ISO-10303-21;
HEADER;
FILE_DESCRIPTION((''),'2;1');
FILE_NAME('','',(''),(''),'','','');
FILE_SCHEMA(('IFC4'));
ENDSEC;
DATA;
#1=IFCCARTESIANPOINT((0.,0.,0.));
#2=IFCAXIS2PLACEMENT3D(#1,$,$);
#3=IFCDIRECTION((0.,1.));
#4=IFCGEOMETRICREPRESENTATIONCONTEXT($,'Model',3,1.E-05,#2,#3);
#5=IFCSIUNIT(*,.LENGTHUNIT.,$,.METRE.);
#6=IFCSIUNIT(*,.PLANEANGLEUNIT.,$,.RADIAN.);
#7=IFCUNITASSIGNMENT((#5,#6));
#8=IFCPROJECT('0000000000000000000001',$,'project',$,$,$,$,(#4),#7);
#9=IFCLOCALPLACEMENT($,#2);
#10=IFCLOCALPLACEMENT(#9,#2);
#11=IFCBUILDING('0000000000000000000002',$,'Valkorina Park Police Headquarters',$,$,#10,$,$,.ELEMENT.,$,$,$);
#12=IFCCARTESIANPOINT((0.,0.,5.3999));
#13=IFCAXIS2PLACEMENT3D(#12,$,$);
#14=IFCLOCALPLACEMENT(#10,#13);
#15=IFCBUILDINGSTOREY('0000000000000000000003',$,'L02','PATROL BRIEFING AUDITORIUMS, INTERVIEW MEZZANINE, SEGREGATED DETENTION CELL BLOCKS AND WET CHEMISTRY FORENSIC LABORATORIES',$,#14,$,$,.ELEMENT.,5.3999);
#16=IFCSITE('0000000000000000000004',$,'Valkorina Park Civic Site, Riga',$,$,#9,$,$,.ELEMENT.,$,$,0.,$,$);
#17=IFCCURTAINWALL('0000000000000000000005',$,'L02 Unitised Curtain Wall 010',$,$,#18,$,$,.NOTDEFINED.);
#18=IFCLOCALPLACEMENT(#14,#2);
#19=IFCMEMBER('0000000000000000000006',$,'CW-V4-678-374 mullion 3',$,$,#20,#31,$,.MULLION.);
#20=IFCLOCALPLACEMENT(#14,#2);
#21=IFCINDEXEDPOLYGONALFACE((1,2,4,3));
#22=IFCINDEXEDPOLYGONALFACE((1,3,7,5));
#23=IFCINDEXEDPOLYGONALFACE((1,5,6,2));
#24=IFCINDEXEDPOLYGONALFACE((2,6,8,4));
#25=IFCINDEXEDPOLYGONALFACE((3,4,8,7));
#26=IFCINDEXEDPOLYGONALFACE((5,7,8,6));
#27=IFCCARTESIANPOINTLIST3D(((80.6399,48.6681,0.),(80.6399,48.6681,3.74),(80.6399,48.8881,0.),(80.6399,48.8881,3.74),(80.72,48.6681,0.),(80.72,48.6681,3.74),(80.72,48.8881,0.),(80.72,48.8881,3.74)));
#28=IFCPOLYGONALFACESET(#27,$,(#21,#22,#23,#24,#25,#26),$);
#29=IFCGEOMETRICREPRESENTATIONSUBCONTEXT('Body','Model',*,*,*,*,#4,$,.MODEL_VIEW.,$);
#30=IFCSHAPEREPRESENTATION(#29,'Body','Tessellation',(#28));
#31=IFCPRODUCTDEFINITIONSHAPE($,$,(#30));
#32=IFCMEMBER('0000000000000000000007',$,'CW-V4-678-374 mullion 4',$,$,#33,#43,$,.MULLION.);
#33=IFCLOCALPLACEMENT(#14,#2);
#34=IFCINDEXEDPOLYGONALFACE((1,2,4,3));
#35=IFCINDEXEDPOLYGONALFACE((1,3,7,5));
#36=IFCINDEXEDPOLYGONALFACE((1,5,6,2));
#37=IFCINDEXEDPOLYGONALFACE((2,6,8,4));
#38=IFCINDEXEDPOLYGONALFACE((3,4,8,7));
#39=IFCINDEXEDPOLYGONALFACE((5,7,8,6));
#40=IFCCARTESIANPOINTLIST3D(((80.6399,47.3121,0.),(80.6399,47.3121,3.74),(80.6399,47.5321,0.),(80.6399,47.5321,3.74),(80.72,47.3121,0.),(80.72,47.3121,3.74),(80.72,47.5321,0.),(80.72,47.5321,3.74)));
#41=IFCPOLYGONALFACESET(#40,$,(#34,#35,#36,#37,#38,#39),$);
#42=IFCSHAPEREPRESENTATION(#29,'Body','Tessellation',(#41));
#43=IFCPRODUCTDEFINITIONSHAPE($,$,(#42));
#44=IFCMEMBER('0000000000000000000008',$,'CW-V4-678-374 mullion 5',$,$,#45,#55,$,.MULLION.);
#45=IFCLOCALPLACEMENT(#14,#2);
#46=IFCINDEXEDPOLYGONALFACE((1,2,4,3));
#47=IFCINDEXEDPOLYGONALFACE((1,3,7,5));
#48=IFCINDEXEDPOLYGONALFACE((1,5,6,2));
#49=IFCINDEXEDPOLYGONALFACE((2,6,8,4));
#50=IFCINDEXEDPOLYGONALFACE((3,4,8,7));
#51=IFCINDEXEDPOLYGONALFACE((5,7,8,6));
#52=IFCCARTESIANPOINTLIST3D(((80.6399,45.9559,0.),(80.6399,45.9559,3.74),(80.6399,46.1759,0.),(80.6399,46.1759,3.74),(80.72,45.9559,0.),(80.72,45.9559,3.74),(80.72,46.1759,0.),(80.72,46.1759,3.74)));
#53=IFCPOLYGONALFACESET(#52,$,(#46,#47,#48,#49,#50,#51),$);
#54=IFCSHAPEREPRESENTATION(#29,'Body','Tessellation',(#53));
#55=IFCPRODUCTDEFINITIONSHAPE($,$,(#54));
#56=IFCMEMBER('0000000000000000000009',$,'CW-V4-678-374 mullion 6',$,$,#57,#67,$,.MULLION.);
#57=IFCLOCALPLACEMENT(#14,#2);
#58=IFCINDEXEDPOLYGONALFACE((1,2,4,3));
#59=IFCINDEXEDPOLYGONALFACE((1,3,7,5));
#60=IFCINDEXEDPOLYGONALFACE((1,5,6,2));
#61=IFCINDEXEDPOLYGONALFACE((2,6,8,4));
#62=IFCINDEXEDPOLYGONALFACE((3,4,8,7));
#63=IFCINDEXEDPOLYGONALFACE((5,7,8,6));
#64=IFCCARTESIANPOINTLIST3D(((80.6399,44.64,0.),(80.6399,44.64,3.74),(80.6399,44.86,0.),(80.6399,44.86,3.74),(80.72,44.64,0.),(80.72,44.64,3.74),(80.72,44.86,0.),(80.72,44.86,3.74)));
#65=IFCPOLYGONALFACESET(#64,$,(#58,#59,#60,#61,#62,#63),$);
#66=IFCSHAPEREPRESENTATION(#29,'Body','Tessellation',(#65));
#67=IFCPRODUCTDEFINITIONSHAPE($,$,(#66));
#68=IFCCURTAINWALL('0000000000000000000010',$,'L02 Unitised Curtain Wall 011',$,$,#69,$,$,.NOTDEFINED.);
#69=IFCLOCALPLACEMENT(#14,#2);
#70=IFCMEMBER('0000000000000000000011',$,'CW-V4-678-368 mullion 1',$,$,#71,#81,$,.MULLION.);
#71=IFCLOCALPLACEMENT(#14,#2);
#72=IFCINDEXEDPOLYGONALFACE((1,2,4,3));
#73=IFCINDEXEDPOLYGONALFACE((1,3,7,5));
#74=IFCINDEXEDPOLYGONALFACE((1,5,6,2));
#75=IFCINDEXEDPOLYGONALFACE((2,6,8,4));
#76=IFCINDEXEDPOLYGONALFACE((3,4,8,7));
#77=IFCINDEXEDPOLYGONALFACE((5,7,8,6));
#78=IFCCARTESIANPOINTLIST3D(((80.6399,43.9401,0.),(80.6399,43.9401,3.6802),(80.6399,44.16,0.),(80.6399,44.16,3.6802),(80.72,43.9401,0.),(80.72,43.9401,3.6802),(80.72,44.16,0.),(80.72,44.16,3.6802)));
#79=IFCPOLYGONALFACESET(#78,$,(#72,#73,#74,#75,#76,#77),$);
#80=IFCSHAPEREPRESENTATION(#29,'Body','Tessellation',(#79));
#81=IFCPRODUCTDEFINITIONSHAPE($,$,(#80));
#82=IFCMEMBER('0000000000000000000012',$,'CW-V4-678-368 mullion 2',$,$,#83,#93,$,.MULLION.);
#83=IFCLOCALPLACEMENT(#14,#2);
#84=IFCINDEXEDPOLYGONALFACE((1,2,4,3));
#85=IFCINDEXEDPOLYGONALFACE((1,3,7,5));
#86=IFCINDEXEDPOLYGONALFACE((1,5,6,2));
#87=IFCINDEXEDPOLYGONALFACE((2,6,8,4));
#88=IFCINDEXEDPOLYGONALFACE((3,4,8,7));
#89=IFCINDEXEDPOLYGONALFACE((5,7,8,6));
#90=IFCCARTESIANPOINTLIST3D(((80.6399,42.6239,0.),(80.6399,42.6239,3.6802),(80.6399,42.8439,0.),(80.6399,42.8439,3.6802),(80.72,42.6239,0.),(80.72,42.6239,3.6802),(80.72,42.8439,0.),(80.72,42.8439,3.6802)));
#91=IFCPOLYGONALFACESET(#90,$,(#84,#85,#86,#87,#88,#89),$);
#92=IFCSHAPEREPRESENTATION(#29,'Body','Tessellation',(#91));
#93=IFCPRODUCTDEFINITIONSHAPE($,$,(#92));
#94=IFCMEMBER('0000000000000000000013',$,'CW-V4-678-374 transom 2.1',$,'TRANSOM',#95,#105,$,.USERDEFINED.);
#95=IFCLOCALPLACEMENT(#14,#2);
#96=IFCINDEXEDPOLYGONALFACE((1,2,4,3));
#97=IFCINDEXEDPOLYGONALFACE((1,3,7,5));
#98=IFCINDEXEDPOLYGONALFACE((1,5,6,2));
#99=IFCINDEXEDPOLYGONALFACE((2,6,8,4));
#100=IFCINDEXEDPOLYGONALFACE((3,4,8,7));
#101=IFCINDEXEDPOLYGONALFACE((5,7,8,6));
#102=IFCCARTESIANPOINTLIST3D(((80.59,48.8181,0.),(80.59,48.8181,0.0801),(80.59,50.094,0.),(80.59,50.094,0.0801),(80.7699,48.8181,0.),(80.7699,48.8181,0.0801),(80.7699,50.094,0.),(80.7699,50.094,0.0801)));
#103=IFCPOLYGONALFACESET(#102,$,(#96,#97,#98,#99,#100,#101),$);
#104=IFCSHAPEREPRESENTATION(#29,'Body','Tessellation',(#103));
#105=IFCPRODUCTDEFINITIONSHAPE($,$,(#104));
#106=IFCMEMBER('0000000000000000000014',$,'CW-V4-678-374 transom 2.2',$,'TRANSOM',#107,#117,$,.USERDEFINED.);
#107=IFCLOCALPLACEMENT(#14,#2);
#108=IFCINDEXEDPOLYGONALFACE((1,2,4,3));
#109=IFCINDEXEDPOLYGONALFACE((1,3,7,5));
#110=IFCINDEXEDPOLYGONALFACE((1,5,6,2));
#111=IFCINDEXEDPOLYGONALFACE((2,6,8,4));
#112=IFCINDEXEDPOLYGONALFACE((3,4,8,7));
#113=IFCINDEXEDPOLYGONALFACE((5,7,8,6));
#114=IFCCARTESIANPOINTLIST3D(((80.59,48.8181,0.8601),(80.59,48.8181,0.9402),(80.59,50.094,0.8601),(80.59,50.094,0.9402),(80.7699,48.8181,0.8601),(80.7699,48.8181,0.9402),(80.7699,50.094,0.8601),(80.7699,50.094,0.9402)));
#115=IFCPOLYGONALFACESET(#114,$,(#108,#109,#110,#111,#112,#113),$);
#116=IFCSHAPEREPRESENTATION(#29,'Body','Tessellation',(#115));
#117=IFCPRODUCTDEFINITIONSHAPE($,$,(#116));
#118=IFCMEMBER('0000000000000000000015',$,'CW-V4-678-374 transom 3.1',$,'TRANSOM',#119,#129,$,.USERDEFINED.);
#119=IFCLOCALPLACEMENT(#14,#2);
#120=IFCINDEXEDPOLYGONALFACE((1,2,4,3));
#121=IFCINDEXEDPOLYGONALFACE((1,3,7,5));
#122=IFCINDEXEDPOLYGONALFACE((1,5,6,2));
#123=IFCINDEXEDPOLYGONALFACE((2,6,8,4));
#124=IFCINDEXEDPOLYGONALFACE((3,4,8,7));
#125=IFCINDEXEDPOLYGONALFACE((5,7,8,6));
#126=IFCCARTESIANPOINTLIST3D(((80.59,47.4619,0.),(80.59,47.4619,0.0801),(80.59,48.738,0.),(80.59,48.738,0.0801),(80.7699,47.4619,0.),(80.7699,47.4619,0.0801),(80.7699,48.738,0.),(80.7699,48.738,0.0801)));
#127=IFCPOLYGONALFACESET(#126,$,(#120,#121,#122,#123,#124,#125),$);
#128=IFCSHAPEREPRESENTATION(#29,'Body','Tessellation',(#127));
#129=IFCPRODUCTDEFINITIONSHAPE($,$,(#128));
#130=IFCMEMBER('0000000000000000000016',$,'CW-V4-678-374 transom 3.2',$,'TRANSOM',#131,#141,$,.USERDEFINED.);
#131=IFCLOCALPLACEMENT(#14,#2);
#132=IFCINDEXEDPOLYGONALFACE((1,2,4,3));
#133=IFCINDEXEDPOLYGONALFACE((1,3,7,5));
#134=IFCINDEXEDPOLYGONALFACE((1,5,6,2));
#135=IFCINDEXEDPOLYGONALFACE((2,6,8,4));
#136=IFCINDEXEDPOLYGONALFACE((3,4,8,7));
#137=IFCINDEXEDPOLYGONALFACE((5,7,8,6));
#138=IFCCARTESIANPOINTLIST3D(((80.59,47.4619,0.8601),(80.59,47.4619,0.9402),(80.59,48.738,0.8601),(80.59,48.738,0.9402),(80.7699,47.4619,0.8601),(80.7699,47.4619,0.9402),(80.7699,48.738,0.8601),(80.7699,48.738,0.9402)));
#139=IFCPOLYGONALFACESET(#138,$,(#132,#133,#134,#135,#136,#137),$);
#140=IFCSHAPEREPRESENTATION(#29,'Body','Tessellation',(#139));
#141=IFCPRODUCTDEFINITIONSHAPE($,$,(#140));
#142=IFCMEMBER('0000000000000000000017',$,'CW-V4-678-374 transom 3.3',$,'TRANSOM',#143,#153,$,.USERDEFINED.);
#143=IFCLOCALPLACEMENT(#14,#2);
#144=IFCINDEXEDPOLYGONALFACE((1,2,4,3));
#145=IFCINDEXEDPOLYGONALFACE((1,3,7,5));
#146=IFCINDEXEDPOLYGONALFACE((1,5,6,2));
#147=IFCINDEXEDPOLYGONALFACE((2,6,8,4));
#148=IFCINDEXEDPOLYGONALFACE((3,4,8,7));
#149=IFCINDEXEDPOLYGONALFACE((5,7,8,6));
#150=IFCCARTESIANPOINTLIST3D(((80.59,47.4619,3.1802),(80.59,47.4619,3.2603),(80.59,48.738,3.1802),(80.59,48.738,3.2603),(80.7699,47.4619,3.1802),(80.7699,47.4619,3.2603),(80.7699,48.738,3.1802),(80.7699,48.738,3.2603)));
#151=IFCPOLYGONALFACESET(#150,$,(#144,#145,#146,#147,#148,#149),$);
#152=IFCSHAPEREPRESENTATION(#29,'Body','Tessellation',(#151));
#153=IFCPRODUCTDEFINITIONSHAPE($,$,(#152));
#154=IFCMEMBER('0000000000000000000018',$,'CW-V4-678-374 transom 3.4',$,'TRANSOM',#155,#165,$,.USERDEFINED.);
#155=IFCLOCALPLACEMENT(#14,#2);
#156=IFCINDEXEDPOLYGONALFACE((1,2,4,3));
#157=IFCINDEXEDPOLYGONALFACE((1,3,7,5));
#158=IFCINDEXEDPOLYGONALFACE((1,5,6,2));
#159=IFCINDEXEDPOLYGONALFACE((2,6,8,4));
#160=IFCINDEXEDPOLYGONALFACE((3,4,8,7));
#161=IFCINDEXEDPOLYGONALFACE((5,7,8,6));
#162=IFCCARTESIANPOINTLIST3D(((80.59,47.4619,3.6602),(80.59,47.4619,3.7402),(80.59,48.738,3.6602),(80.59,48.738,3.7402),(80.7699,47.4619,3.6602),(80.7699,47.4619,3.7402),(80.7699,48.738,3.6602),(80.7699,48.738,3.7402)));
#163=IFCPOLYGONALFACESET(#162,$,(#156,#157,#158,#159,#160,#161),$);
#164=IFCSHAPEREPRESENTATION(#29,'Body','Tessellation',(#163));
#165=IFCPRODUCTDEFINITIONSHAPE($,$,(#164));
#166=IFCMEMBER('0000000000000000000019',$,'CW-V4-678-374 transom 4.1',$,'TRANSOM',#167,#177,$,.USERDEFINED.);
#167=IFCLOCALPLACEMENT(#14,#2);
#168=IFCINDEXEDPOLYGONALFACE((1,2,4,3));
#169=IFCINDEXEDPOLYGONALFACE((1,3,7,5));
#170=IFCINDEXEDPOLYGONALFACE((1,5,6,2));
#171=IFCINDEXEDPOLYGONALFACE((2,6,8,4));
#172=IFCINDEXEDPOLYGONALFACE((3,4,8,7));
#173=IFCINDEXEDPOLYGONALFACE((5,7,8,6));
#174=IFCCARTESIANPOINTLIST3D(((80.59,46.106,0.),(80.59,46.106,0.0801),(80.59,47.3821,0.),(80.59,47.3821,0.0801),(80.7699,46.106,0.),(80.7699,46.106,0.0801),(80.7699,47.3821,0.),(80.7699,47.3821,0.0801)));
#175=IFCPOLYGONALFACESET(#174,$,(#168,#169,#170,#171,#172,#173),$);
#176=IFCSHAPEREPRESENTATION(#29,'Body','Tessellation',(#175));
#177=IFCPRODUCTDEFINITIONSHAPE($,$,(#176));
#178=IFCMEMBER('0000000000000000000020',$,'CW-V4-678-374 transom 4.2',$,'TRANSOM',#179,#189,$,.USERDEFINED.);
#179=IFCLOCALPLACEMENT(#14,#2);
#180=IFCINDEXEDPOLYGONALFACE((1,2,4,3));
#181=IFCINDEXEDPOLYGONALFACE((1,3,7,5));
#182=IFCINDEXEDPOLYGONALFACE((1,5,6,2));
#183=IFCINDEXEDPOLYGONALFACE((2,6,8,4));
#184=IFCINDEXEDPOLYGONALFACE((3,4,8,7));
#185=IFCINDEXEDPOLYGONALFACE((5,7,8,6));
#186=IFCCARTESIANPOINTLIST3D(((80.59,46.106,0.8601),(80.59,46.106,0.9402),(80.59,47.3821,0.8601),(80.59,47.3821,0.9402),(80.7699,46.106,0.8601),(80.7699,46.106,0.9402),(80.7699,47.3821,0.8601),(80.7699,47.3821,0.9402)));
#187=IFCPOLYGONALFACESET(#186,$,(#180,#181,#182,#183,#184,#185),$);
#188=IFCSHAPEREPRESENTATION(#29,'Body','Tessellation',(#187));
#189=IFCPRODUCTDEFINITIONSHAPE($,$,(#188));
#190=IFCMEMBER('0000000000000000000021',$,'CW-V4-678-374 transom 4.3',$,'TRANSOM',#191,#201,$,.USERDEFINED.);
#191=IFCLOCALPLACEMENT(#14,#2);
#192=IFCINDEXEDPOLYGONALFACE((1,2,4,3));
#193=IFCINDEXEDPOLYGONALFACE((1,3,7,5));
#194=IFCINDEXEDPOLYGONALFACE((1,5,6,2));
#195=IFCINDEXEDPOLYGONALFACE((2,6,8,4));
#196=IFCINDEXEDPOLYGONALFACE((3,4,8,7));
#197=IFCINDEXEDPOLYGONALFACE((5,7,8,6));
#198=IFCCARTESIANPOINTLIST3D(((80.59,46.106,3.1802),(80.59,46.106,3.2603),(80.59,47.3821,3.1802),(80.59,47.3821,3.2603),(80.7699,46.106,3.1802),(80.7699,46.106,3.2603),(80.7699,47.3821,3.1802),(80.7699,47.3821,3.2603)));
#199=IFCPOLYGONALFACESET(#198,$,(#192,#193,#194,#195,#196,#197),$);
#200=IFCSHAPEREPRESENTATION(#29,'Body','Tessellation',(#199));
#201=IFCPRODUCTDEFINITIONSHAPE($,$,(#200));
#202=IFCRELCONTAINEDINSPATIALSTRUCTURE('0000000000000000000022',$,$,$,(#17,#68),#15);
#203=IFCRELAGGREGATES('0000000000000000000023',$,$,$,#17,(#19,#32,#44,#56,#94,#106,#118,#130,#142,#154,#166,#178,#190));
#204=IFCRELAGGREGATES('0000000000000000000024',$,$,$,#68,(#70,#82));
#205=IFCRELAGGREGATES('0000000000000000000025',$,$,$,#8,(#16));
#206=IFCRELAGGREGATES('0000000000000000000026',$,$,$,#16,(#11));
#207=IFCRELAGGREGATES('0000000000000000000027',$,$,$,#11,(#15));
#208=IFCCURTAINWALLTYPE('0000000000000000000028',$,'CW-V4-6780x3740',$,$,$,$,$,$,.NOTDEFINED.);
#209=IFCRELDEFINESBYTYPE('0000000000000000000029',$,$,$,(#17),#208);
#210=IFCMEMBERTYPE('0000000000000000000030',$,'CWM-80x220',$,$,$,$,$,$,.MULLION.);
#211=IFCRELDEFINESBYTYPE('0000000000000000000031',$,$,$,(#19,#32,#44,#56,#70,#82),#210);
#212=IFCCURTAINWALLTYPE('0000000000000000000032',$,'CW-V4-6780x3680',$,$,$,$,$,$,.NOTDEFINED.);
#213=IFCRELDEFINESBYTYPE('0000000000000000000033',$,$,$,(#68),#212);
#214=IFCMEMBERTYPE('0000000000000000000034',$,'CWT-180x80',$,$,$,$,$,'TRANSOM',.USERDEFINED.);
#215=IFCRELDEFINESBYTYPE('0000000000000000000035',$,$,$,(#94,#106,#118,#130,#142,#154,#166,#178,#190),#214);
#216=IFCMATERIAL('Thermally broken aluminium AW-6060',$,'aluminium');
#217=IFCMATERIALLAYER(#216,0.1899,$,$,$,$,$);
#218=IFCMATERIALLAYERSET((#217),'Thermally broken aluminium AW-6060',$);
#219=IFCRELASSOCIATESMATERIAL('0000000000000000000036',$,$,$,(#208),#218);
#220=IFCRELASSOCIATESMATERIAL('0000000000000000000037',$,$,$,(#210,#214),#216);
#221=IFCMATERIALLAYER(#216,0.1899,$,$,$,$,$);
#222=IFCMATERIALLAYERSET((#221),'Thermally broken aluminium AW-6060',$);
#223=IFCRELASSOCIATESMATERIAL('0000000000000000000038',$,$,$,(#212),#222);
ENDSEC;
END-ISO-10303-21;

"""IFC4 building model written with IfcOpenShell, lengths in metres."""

from ifc_helpers import new_model, si_unit, direction, frame, origin, origin_2d, place, context, subcontext, project, spatial, rectangle, extrude, material, layer, layer_set, material_profile, profile_set, type_object, element, aggregate, save


model = new_model("IFC4")

# Units and contexts
model_context = context("Model", 3, precision=1e-05, world=origin(), true_north=direction((0.0, 1.0)))
body_context = subcontext(model_context, "Body", "Model", "MODEL_VIEW")
ifc_project = project(units=[si_unit("LENGTHUNIT", "METRE"), si_unit("PLANEANGLEUNIT", "RADIAN")], contexts=[model_context])

# Site, building, storey
site_placement = place(None, origin())
site = spatial("IfcSite", under=ifc_project, at=site_placement, Name="Valkorina Park Civic Site, Riga", CompositionType="ELEMENT", RefElevation=0.0)
building_placement = place(site_placement, origin())
building = spatial("IfcBuilding", under=site, at=building_placement, Name="Valkorina Park Police Headquarters", CompositionType="ELEMENT")
storey_placement = place(building_placement, frame((0.0, 0.0, 5.3999)))
storey = spatial("IfcBuildingStorey", under=building, at=storey_placement, Name="L02", Description="PATROL BRIEFING AUDITORIUMS, INTERVIEW MEZZANINE, SEGREGATED DETENTION CELL BLOCKS AND WET CHEMISTRY FORENSIC LABORATORIES", CompositionType="ELEMENT", Elevation=5.3999)

# Curtain walls, members
ifc_material_1 = material(Name="Thermally broken aluminium AW-6060", Category="aluminium")
ifc_layer_1 = layer(ifc_material_1, 0.1899)
ifc_layer_set_1 = layer_set([ifc_layer_1], Name="Thermally broken aluminium AW-6060")
curtain_wall_type_1 = type_object("IfcCurtainWallType", Name="CW-V4-6780x3740", PredefinedType="NOTDEFINED", material=ifc_layer_set_1)
curtain_wall_1_placement = place(storey_placement, origin())
curtain_wall_1 = element("IfcCurtainWall", 1, at=curtain_wall_1_placement, inside=storey, type_object=curtain_wall_type_1, Name="L02 Unitised Curtain Wall 010", PredefinedType="NOTDEFINED")
ifc_material_profile_1 = material_profile(ifc_material_1, rectangle(XDim=0.0801, YDim=0.22, at=origin_2d()), Name="CWM-03 80x220")
ifc_profile_set_1 = profile_set([ifc_material_profile_1], Name="Thermally broken aluminium AW-6060")
member_type_1 = type_object("IfcMemberType", Name="CWM-80x220", PredefinedType="MULLION", material=ifc_profile_set_1)
member_1_placement = place(storey_placement, frame((80.6799, 48.7781, 0.0), z_axis=(0.0, 0.0, 1.0), x_axis=(1.0, 0.0, 0.0)))
member_1 = element("IfcMember", 2, at=member_1_placement, type_object=member_type_1, Name="CW-V4-678-374 mullion 3", PredefinedType="MULLION", context=body_context, shape_type="SweptSolid", body=[
    extrude(rectangle(XDim=0.0801, YDim=0.22, at=origin_2d()), origin(), (0.0, 0.0, 1.0), 3.74),
])
member_2_placement = place(storey_placement, frame((80.6799, 47.4221, 0.0), z_axis=(0.0, 0.0, 1.0), x_axis=(1.0, 0.0, 0.0)))
member_2 = element("IfcMember", 3, at=member_2_placement, type_object=member_type_1, Name="CW-V4-678-374 mullion 4", PredefinedType="MULLION", context=body_context, shape_type="SweptSolid", body=[
    extrude(rectangle(XDim=0.0801, YDim=0.22, at=origin_2d()), origin(), (0.0, 0.0, 1.0), 3.74),
])
member_3_placement = place(storey_placement, frame((80.6799, 46.0659, 0.0), z_axis=(0.0, 0.0, 1.0), x_axis=(1.0, 0.0, 0.0)))
member_3 = element("IfcMember", 4, at=member_3_placement, type_object=member_type_1, Name="CW-V4-678-374 mullion 5", PredefinedType="MULLION", context=body_context, shape_type="SweptSolid", body=[
    extrude(rectangle(XDim=0.0801, YDim=0.22, at=origin_2d()), origin(), (0.0, 0.0, 1.0), 3.74),
])
member_4_placement = place(storey_placement, frame((80.6799, 44.75, 0.0), z_axis=(0.0, 0.0, 1.0), x_axis=(1.0, 0.0, 0.0)))
member_4 = element("IfcMember", 5, at=member_4_placement, type_object=member_type_1, Name="CW-V4-678-374 mullion 6", PredefinedType="MULLION", context=body_context, shape_type="SweptSolid", body=[
    extrude(rectangle(XDim=0.0801, YDim=0.22, at=origin_2d()), origin(), (0.0, 0.0, 1.0), 3.74),
])
ifc_layer_2 = layer(ifc_material_1, 0.1899)
ifc_layer_set_2 = layer_set([ifc_layer_2], Name="Thermally broken aluminium AW-6060")
curtain_wall_type_2 = type_object("IfcCurtainWallType", Name="CW-V4-6780x3680", PredefinedType="NOTDEFINED", material=ifc_layer_set_2)
curtain_wall_2_placement = place(storey_placement, origin())
curtain_wall_2 = element("IfcCurtainWall", 6, at=curtain_wall_2_placement, inside=storey, type_object=curtain_wall_type_2, Name="L02 Unitised Curtain Wall 011", PredefinedType="NOTDEFINED")
member_5_placement = place(storey_placement, frame((80.6799, 44.05, 0.0), z_axis=(0.0, 0.0, 1.0), x_axis=(1.0, 0.0, 0.0)))
member_5 = element("IfcMember", 7, at=member_5_placement, type_object=member_type_1, Name="CW-V4-678-368 mullion 1", PredefinedType="MULLION", context=body_context, shape_type="SweptSolid", body=[
    extrude(rectangle(XDim=0.0801, YDim=0.22, at=origin_2d()), origin(), (0.0, 0.0, 1.0), 3.6802),
])
member_6_placement = place(storey_placement, frame((80.6799, 42.7339, 0.0), z_axis=(0.0, 0.0, 1.0), x_axis=(1.0, 0.0, 0.0)))
member_6 = element("IfcMember", 8, at=member_6_placement, type_object=member_type_1, Name="CW-V4-678-368 mullion 2", PredefinedType="MULLION", context=body_context, shape_type="SweptSolid", body=[
    extrude(rectangle(XDim=0.0801, YDim=0.22, at=origin_2d()), origin(), (0.0, 0.0, 1.0), 3.6802),
])

# Members
ifc_material_profile_2 = material_profile(ifc_material_1, rectangle(XDim=0.1799, YDim=0.0801, at=origin_2d()), Name="CWT-03 180x80")
ifc_profile_set_2 = profile_set([ifc_material_profile_2], Name="Thermally broken aluminium AW-6060")
member_type_2 = type_object("IfcMemberType", Name="CWT-180x80", ElementType="TRANSOM", PredefinedType="USERDEFINED", material=ifc_profile_set_2)
member_7_placement = place(storey_placement, frame((80.6799, 50.094, 0.04), z_axis=(0.0, -1.0, 0.0), x_axis=(1.0, 0.0, 0.0)))
member_7 = element("IfcMember", 9, at=member_7_placement, type_object=member_type_2, Name="CW-V4-678-374 transom 2.1", ObjectType="TRANSOM", PredefinedType="USERDEFINED", context=body_context, shape_type="SweptSolid", body=[
    extrude(rectangle(XDim=0.1799, YDim=0.0801, at=origin_2d()), origin(), (0.0, 0.0, 1.0), 1.2759),
])
member_8_placement = place(storey_placement, frame((80.6799, 50.094, 0.9001), z_axis=(0.0, -1.0, 0.0), x_axis=(1.0, 0.0, 0.0)))
member_8 = element("IfcMember", 10, at=member_8_placement, type_object=member_type_2, Name="CW-V4-678-374 transom 2.2", ObjectType="TRANSOM", PredefinedType="USERDEFINED", context=body_context, shape_type="SweptSolid", body=[
    extrude(rectangle(XDim=0.1799, YDim=0.0801, at=origin_2d()), origin(), (0.0, 0.0, 1.0), 1.2759),
])
member_9_placement = place(storey_placement, frame((80.6799, 48.738, 0.04), z_axis=(0.0, -1.0, 0.0), x_axis=(1.0, 0.0, 0.0)))
member_9 = element("IfcMember", 11, at=member_9_placement, type_object=member_type_2, Name="CW-V4-678-374 transom 3.1", ObjectType="TRANSOM", PredefinedType="USERDEFINED", context=body_context, shape_type="SweptSolid", body=[
    extrude(rectangle(XDim=0.1799, YDim=0.0801, at=origin_2d()), origin(), (0.0, 0.0, 1.0), 1.2761),
])
member_10_placement = place(storey_placement, frame((80.6799, 48.738, 0.9001), z_axis=(0.0, -1.0, 0.0), x_axis=(1.0, 0.0, 0.0)))
member_10 = element("IfcMember", 12, at=member_10_placement, type_object=member_type_2, Name="CW-V4-678-374 transom 3.2", ObjectType="TRANSOM", PredefinedType="USERDEFINED", context=body_context, shape_type="SweptSolid", body=[
    extrude(rectangle(XDim=0.1799, YDim=0.0801, at=origin_2d()), origin(), (0.0, 0.0, 1.0), 1.2761),
])
member_11_placement = place(storey_placement, frame((80.6799, 48.738, 3.2202), z_axis=(0.0, -1.0, 0.0), x_axis=(1.0, 0.0, 0.0)))
member_11 = element("IfcMember", 13, at=member_11_placement, type_object=member_type_2, Name="CW-V4-678-374 transom 3.3", ObjectType="TRANSOM", PredefinedType="USERDEFINED", context=body_context, shape_type="SweptSolid", body=[
    extrude(rectangle(XDim=0.1799, YDim=0.0801, at=origin_2d()), origin(), (0.0, 0.0, 1.0), 1.2761),
])
member_12_placement = place(storey_placement, frame((80.6799, 48.738, 3.7002), z_axis=(0.0, -1.0, 0.0), x_axis=(1.0, 0.0, 0.0)))
member_12 = element("IfcMember", 14, at=member_12_placement, type_object=member_type_2, Name="CW-V4-678-374 transom 3.4", ObjectType="TRANSOM", PredefinedType="USERDEFINED", context=body_context, shape_type="SweptSolid", body=[
    extrude(rectangle(XDim=0.1799, YDim=0.0801, at=origin_2d()), origin(), (0.0, 0.0, 1.0), 1.2761),
])
member_13_placement = place(storey_placement, frame((80.6799, 47.3821, 0.04), z_axis=(0.0, -1.0, 0.0), x_axis=(1.0, 0.0, 0.0)))
member_13 = element("IfcMember", 15, at=member_13_placement, type_object=member_type_2, Name="CW-V4-678-374 transom 4.1", ObjectType="TRANSOM", PredefinedType="USERDEFINED", context=body_context, shape_type="SweptSolid", body=[
    extrude(rectangle(XDim=0.1799, YDim=0.0801, at=origin_2d()), origin(), (0.0, 0.0, 1.0), 1.2761),
])
member_14_placement = place(storey_placement, frame((80.6799, 47.3821, 0.9001), z_axis=(0.0, -1.0, 0.0), x_axis=(1.0, 0.0, 0.0)))
member_14 = element("IfcMember", 16, at=member_14_placement, type_object=member_type_2, Name="CW-V4-678-374 transom 4.2", ObjectType="TRANSOM", PredefinedType="USERDEFINED", context=body_context, shape_type="SweptSolid", body=[
    extrude(rectangle(XDim=0.1799, YDim=0.0801, at=origin_2d()), origin(), (0.0, 0.0, 1.0), 1.2761),
])
member_15_placement = place(storey_placement, frame((80.6799, 47.3821, 3.2202), z_axis=(0.0, -1.0, 0.0), x_axis=(1.0, 0.0, 0.0)))
member_15 = element("IfcMember", 17, at=member_15_placement, type_object=member_type_2, Name="CW-V4-678-374 transom 4.3", ObjectType="TRANSOM", PredefinedType="USERDEFINED", context=body_context, shape_type="SweptSolid", body=[
    extrude(rectangle(XDim=0.1799, YDim=0.0801, at=origin_2d()), origin(), (0.0, 0.0, 1.0), 1.2761),
])

aggregate(curtain_wall_1, [member_1, member_2, member_3, member_4, member_7, member_8, member_9, member_10, member_11, member_12, member_13, member_14, member_15])
aggregate(curtain_wall_2, [member_5, member_6])

save(model, "model.ifc")
